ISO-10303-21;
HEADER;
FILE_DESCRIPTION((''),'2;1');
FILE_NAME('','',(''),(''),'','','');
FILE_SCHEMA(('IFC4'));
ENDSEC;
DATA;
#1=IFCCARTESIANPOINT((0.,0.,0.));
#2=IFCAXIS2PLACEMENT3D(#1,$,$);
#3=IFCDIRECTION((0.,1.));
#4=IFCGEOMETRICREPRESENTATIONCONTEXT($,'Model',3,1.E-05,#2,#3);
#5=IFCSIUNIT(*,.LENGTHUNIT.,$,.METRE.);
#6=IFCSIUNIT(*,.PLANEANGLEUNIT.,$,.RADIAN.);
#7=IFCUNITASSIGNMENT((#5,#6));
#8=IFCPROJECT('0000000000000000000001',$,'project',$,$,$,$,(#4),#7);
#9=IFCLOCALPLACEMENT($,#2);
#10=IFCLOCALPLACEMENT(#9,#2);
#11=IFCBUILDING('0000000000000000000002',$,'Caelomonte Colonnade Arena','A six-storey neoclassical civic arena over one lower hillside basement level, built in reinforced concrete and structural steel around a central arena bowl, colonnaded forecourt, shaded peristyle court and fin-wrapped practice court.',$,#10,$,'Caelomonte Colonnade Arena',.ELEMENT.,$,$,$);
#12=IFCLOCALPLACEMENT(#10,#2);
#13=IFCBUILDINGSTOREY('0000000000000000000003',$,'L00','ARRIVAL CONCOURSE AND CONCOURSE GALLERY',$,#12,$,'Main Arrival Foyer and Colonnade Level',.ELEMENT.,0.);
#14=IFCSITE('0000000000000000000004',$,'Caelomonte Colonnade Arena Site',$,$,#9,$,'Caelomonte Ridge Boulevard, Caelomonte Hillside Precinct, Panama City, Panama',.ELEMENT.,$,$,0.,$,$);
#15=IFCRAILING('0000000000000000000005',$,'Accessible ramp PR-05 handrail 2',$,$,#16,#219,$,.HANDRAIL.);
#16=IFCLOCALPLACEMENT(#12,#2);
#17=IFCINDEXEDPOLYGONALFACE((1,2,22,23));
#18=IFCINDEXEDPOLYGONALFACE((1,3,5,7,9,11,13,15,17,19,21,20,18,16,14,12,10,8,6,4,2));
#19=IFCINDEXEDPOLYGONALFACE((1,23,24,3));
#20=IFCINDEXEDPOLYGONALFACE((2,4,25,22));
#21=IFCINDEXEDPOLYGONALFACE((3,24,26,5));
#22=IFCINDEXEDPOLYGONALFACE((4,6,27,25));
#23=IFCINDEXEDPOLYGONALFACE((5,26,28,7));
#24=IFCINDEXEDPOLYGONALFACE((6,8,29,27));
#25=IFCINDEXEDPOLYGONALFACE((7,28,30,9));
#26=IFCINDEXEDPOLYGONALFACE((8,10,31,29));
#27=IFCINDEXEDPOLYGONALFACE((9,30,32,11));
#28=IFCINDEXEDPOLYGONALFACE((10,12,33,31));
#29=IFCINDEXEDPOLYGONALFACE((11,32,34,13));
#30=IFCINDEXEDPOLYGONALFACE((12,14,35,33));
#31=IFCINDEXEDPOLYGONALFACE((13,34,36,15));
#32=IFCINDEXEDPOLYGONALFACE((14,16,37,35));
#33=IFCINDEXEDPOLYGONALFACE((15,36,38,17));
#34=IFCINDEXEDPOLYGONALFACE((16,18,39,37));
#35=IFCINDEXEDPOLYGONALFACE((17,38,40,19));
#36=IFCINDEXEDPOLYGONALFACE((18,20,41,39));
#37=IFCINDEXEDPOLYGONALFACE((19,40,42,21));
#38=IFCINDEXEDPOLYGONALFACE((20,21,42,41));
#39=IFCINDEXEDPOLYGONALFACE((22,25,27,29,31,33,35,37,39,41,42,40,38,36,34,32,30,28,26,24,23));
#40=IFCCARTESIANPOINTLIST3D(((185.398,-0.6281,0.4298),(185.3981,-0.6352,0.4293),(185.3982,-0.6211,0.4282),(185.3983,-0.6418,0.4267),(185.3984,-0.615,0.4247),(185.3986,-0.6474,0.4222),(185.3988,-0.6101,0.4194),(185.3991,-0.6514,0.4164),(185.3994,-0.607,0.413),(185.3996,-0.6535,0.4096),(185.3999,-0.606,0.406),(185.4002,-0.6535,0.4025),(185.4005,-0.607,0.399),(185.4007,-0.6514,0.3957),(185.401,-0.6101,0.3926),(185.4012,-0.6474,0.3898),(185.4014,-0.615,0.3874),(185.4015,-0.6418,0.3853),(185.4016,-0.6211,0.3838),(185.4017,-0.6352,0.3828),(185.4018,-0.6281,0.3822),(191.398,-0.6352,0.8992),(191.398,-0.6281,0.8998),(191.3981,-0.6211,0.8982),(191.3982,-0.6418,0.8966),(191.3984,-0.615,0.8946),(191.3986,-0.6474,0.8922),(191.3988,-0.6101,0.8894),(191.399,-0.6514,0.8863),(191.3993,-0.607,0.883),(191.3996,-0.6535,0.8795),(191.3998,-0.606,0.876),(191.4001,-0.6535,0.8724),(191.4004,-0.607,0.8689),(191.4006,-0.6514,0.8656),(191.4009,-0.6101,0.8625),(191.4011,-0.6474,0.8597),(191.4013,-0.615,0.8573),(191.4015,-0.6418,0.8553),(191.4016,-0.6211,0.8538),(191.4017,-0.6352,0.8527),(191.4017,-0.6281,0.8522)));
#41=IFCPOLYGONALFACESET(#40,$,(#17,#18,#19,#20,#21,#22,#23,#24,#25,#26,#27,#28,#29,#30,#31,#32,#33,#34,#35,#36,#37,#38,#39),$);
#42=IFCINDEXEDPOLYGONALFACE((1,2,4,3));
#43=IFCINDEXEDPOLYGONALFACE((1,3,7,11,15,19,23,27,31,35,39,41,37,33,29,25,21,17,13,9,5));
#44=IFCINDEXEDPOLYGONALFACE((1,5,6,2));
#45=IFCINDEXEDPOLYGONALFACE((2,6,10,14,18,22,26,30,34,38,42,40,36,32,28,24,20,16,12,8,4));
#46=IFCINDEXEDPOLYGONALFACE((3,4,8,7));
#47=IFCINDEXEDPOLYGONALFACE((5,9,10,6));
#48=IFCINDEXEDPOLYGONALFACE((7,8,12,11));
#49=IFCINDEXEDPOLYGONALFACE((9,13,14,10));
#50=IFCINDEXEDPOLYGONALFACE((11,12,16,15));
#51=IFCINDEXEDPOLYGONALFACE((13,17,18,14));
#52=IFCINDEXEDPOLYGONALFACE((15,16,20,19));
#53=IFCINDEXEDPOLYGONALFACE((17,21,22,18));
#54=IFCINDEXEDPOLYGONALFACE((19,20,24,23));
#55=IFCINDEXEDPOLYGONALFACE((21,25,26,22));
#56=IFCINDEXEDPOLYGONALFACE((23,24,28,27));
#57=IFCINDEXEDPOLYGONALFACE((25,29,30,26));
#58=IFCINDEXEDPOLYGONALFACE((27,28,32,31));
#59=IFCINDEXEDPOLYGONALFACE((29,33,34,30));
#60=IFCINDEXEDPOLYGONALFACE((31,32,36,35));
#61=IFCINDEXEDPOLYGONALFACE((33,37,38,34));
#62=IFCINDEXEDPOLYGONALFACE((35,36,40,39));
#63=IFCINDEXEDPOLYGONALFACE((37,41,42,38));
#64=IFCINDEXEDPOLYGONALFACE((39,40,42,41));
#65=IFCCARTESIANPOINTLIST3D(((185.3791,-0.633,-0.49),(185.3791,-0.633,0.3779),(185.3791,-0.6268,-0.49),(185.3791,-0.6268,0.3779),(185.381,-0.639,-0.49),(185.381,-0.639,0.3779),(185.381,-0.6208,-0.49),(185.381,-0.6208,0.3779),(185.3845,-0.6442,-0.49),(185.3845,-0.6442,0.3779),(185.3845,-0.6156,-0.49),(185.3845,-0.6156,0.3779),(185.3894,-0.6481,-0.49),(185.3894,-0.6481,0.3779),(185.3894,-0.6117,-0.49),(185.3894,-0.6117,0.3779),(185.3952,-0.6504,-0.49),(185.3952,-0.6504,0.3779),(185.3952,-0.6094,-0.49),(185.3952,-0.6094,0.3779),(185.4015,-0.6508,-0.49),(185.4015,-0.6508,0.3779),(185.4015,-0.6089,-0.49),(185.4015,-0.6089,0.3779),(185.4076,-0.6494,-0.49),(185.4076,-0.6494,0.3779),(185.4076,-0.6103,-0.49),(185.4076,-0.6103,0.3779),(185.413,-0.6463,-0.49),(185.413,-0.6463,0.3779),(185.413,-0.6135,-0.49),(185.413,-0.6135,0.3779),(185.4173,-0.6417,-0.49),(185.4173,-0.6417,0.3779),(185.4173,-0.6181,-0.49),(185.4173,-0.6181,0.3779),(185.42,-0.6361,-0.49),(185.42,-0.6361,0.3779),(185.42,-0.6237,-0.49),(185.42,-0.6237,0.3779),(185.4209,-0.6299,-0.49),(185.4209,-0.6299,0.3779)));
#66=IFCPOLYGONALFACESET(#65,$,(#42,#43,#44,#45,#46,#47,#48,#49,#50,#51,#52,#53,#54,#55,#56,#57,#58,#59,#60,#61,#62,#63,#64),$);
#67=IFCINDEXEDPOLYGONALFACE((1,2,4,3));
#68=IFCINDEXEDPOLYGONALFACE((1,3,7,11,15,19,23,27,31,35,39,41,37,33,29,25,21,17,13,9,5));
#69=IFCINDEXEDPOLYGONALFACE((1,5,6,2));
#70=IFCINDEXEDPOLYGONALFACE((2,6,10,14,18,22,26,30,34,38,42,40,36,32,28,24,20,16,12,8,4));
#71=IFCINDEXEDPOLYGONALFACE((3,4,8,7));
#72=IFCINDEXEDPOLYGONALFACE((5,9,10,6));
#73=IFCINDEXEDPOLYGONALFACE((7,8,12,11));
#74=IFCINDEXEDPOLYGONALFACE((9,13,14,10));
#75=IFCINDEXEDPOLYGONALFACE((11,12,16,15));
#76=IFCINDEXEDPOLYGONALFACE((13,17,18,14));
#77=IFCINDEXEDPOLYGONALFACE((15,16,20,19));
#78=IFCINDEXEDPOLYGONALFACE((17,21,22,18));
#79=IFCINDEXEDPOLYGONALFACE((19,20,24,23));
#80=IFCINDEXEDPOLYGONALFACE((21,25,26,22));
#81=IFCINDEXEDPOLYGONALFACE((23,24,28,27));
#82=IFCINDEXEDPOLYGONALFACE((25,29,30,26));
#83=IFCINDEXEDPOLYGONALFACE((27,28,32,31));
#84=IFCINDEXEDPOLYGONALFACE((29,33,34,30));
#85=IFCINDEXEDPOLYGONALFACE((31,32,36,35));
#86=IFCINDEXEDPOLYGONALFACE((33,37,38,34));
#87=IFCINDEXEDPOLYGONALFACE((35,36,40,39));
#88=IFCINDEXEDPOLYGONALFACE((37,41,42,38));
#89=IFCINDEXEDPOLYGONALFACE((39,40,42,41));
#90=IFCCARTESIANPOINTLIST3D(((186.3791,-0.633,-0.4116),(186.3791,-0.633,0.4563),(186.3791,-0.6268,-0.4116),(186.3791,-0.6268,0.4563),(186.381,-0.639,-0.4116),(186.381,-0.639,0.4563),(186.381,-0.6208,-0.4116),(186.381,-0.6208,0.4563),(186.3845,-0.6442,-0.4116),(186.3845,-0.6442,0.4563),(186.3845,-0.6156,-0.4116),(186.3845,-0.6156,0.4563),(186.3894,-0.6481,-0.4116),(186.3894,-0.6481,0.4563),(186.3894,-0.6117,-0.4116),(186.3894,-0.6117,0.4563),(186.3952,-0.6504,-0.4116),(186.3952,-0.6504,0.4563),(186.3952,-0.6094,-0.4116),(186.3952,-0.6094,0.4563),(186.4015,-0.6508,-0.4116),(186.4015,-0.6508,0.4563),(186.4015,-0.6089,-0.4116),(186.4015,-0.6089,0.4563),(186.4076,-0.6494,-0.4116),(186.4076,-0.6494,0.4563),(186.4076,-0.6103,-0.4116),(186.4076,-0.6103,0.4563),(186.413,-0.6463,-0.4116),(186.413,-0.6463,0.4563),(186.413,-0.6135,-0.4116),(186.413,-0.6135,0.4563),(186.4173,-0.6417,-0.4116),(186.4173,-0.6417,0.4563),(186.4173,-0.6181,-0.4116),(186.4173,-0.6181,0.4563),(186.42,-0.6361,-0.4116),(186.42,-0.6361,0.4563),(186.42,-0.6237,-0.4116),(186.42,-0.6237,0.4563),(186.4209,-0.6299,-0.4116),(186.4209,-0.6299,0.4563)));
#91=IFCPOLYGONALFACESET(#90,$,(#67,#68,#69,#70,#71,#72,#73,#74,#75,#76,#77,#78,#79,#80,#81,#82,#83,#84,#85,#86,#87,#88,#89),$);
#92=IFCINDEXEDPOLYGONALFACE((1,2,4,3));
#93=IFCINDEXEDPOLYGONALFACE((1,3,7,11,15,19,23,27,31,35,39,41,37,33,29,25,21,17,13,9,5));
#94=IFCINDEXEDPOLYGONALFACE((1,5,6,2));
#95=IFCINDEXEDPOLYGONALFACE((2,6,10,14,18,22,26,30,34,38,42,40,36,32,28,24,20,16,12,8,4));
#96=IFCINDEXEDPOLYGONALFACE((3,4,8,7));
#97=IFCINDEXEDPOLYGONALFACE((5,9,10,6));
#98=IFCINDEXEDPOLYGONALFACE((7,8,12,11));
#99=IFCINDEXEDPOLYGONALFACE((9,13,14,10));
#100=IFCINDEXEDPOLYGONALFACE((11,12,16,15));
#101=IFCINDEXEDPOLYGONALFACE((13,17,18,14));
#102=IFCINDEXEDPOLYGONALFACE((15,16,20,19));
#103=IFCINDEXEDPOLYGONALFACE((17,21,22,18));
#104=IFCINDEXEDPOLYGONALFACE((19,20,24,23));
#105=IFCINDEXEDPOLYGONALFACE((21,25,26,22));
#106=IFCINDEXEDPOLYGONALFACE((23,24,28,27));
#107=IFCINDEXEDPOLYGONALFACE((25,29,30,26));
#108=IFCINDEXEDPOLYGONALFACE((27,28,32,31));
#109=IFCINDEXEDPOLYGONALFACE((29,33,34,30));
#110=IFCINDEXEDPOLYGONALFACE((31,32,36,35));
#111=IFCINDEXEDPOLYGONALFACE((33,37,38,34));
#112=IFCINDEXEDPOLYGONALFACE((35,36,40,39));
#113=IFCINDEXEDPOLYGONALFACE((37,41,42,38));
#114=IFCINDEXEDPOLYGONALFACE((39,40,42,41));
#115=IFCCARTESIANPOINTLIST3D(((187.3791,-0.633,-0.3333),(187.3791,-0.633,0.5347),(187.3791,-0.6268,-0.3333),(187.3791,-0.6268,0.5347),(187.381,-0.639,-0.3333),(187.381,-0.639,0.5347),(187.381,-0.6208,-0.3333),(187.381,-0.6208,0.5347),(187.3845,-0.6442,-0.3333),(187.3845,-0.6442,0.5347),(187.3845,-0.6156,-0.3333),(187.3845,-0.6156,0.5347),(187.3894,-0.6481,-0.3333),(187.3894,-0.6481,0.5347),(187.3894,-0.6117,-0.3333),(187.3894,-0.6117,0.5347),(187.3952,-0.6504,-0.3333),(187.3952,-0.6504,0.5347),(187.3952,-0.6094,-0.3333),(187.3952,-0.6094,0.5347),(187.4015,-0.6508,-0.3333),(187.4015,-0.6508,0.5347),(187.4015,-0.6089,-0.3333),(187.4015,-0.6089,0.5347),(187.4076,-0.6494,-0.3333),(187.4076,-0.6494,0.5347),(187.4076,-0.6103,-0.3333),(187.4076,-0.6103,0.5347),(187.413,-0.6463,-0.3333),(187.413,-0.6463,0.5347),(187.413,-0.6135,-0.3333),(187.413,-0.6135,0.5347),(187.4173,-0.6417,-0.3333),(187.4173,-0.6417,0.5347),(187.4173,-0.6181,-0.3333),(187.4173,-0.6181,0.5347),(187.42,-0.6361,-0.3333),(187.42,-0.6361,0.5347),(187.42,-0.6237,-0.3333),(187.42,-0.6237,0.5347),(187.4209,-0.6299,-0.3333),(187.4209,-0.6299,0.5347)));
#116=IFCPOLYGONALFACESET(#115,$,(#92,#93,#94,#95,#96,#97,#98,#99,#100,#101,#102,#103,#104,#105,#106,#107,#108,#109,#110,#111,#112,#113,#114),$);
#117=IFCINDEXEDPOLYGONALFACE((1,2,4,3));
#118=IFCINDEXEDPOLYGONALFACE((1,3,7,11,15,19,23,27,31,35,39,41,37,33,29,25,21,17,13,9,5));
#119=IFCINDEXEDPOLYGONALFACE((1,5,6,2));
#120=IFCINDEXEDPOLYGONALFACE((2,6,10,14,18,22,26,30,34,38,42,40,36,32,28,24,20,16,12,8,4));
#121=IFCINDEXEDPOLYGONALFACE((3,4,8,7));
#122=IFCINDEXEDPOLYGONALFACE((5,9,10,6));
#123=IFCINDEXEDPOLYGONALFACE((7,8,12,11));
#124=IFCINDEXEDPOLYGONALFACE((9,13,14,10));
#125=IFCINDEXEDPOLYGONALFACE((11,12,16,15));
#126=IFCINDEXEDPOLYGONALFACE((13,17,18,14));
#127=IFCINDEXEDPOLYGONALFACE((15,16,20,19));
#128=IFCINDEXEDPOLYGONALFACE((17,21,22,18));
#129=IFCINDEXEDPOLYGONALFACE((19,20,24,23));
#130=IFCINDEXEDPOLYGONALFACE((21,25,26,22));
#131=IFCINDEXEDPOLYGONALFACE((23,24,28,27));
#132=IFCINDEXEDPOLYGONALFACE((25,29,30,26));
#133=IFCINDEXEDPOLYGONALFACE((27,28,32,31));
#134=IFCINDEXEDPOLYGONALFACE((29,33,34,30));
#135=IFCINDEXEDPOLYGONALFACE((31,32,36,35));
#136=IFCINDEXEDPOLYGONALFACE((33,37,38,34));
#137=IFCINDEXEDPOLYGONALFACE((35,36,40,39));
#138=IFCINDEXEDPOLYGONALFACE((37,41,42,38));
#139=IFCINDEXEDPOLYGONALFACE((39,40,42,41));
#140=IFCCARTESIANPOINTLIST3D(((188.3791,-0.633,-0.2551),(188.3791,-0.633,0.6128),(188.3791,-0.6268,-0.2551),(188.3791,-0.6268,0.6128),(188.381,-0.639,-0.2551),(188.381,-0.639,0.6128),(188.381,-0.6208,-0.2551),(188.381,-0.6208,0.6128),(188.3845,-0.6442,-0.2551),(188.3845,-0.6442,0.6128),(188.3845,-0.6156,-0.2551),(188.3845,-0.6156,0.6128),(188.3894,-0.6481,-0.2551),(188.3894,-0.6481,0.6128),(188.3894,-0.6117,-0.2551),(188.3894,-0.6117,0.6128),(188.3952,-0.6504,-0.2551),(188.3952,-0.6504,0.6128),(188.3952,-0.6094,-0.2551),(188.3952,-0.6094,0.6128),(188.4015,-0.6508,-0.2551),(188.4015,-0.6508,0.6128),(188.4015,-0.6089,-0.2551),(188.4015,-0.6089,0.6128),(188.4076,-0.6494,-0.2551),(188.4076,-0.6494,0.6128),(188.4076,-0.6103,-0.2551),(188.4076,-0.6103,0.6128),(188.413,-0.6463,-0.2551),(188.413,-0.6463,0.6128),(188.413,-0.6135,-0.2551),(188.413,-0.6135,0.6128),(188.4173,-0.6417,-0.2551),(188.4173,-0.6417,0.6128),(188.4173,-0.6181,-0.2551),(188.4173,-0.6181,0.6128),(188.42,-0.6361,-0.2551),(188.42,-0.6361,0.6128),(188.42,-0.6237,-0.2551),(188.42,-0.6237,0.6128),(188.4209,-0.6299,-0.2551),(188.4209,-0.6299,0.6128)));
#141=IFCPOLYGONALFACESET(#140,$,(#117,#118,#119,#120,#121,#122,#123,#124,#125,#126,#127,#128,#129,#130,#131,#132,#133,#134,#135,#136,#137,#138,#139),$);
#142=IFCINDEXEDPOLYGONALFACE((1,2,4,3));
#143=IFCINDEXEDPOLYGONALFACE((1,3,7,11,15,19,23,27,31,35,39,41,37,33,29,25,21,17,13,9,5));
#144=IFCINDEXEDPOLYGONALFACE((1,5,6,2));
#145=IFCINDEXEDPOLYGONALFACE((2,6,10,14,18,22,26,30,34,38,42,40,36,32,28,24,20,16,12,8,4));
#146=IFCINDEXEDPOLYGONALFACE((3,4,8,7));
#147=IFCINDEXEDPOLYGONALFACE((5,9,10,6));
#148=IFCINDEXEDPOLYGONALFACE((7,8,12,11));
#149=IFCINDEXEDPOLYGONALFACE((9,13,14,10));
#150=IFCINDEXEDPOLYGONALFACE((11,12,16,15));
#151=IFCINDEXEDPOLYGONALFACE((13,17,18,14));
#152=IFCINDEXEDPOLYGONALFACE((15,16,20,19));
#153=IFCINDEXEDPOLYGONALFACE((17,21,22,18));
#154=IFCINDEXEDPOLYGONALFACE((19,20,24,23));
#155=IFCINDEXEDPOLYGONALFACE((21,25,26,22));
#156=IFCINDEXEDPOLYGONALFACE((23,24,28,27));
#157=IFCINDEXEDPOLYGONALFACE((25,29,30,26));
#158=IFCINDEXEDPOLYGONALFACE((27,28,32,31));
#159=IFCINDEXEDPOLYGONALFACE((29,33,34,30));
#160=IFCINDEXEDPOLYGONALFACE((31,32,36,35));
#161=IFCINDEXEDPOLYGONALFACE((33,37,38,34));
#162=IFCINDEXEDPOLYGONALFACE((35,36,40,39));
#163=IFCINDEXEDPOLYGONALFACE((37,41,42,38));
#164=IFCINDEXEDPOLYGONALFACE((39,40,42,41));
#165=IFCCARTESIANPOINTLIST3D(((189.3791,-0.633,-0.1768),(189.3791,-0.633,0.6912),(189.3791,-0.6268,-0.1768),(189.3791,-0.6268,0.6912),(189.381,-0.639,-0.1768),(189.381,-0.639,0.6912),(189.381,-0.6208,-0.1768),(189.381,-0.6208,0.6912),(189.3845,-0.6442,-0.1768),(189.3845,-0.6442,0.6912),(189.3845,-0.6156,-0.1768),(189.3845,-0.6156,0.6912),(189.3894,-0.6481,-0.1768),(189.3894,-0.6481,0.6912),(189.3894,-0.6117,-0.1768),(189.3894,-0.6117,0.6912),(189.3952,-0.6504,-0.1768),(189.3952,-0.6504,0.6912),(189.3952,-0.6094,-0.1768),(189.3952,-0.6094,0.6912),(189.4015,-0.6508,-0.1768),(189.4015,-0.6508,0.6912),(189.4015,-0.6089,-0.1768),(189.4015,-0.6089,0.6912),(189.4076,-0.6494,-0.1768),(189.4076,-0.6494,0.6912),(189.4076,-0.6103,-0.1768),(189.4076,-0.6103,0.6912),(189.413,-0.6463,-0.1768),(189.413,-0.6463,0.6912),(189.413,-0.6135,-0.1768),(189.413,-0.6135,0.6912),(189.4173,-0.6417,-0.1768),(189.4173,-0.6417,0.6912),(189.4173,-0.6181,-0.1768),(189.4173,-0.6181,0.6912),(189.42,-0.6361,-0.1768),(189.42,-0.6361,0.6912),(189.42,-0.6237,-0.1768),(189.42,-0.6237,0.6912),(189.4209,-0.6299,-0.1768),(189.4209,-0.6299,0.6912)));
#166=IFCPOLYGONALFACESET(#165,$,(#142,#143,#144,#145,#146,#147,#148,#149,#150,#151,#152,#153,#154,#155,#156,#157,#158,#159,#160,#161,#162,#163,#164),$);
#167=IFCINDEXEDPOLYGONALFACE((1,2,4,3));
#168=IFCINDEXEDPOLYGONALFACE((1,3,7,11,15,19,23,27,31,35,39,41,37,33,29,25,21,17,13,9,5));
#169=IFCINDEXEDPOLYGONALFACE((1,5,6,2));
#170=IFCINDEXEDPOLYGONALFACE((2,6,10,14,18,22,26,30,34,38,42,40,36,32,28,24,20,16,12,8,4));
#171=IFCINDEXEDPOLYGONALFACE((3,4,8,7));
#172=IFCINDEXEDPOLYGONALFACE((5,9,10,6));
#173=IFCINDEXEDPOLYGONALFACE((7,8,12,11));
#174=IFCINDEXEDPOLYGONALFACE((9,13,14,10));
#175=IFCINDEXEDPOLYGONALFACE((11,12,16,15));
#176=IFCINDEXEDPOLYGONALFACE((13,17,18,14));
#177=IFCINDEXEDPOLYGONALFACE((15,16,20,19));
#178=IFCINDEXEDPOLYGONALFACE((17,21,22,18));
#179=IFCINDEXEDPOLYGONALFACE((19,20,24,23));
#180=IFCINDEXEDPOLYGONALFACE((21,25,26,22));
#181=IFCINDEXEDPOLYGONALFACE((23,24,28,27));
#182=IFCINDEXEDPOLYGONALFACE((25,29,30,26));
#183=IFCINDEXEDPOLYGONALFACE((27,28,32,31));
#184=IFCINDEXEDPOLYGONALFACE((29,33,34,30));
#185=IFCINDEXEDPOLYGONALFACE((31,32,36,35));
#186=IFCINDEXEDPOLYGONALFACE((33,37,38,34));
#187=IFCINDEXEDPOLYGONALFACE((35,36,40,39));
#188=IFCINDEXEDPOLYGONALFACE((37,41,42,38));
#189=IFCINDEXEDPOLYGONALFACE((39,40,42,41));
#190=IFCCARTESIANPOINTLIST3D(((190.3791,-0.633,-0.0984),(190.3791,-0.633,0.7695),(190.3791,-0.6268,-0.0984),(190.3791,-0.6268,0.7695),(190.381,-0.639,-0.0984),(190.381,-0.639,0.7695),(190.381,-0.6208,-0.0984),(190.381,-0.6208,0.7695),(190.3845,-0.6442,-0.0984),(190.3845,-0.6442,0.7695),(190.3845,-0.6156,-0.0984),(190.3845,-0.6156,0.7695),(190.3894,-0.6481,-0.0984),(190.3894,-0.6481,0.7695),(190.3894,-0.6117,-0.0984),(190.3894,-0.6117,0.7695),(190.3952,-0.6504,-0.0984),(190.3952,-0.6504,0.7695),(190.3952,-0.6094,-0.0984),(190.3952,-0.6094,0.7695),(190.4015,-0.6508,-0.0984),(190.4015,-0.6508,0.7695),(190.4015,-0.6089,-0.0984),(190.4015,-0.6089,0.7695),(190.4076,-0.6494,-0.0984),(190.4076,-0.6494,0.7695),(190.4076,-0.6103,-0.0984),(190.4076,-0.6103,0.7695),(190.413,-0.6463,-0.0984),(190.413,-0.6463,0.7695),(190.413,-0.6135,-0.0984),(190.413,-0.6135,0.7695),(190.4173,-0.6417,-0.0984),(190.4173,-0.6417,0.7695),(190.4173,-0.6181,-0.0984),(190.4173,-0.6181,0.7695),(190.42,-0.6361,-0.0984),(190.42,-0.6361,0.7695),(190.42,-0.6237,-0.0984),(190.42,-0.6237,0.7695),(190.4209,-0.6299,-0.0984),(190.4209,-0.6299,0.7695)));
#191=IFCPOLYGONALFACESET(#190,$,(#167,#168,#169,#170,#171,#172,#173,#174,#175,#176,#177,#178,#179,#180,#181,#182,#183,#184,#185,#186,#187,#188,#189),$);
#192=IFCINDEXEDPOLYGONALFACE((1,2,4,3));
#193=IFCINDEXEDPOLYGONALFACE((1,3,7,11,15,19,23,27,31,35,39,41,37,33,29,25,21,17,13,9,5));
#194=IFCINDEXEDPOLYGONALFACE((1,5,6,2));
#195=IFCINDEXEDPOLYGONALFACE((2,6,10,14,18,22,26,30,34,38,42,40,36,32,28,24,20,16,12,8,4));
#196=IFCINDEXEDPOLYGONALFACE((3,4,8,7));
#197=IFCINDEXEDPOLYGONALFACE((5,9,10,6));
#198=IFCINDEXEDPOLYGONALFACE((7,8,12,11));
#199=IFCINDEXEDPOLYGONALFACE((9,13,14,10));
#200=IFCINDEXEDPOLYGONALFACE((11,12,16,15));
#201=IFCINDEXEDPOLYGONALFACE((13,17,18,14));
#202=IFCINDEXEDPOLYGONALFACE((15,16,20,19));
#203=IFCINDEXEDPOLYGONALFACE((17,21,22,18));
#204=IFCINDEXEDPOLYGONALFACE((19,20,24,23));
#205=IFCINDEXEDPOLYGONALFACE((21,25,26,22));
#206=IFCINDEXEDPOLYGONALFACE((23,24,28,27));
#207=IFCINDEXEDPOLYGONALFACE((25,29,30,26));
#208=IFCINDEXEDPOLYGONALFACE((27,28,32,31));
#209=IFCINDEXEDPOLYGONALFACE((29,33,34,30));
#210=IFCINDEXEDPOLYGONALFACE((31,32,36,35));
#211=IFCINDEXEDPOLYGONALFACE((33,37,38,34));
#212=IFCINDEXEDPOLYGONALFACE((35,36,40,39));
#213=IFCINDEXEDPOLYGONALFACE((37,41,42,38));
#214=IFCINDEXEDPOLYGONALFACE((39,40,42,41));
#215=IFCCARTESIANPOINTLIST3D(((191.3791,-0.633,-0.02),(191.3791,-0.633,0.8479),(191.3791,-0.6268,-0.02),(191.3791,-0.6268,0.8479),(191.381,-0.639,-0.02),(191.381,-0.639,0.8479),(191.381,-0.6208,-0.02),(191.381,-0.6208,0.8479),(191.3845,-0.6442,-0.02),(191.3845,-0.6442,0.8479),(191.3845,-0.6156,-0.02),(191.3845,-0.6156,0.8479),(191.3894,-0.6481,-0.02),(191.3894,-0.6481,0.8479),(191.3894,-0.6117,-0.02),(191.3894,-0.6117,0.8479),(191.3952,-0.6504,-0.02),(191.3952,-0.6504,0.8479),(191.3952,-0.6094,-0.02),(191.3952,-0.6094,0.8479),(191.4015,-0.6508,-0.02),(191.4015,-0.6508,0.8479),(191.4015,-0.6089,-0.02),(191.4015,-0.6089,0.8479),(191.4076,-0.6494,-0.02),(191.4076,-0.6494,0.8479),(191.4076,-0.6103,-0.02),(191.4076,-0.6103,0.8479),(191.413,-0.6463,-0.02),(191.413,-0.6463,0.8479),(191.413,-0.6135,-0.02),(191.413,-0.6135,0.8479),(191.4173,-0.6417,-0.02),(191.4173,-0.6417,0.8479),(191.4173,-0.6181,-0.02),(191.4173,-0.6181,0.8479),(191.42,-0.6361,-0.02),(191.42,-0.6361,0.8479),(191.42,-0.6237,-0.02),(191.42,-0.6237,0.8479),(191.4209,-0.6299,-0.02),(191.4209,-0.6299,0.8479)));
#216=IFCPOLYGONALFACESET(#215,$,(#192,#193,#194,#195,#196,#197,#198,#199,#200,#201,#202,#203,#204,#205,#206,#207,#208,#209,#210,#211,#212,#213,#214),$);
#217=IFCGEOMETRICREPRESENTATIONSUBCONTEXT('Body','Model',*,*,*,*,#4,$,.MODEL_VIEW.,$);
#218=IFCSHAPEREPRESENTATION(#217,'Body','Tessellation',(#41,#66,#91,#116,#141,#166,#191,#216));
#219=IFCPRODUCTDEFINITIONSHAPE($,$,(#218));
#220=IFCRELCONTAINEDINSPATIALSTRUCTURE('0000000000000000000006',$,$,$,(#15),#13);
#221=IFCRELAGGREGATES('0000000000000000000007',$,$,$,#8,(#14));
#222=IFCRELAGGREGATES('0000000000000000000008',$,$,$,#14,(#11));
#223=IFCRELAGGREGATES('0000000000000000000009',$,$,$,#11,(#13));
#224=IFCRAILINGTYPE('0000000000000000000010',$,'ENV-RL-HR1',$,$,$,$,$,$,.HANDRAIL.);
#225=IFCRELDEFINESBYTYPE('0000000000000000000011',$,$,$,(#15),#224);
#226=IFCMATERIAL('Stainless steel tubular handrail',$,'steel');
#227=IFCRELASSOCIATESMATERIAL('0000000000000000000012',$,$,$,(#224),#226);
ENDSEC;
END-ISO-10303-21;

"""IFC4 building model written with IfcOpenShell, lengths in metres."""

from ifc_helpers import new_model, si_unit, direction, frame, origin, origin_2d, place, context, subcontext, project, spatial, circle, extrude, material, type_object, element, save


model = new_model("IFC4")

# Units and contexts
model_context = context("Model", 3, precision=1e-05, world=origin(), true_north=direction((0.0, 1.0)))
body_context = subcontext(model_context, "Body", "Model", "MODEL_VIEW")
ifc_project = project(units=[si_unit("LENGTHUNIT", "METRE"), si_unit("PLANEANGLEUNIT", "RADIAN")], contexts=[model_context])

# Site, building, storey
site_placement = place(None, origin())
site = spatial("IfcSite", under=ifc_project, at=site_placement, Name="Caelomonte Colonnade Arena Site", LongName="Caelomonte Ridge Boulevard, Caelomonte Hillside Precinct, Panama City, Panama", CompositionType="ELEMENT", RefElevation=0.0)
building_placement = place(site_placement, origin())
building = spatial("IfcBuilding", under=site, at=building_placement, Name="Caelomonte Colonnade Arena", Description="A six-storey neoclassical civic arena over one lower hillside basement level, built in reinforced concrete and structural steel around a central arena bowl, colonnaded forecourt, shaded peristyle court and fin-wrapped practice court.", LongName="Caelomonte Colonnade Arena", CompositionType="ELEMENT")
storey_placement = place(building_placement, origin())
storey = spatial("IfcBuildingStorey", under=building, at=storey_placement, Name="L00", Description="ARRIVAL CONCOURSE AND CONCOURSE GALLERY", LongName="Main Arrival Foyer and Colonnade Level", CompositionType="ELEMENT", Elevation=0.0)

# Railing
ifc_material_1 = material(Name="Stainless steel tubular handrail", Category="steel")
railing_type = type_object("IfcRailingType", Name="ENV-RL-HR1", PredefinedType="HANDRAIL", material=ifc_material_1)
for number, where, name in (
    (1, (185.3999, -0.6299, -0.49), "Accessible ramp PR-05 handrail 2"),
):
    element("IfcRailing", number, at=place(storey_placement, frame(where)), inside=storey, type_object=railing_type, Name=name, PredefinedType="HANDRAIL", context=body_context, shape_type="SweptSolid", body=[
        extrude(circle(Radius=0.0239, at=origin_2d()), frame((0.0, 0.0, 0.896), z_axis=(0.996946, 0.0, 0.078089), x_axis=(0.0, 1.0, 0.0)), (0.0, 0.0, 1.0), 6.0183),
        extrude(circle(Radius=0.021, at=origin_2d()), origin(), (0.0, 0.0, 1.0), 0.8679),
        extrude(circle(Radius=0.021, at=origin_2d()), frame((1.0, 0.0, 0.0784)), (0.0, 0.0, 1.0), 0.8679),
        extrude(circle(Radius=0.021, at=origin_2d()), frame((2.0, 0.0, 0.1567)), (0.0, 0.0, 1.0), 0.8679),
        extrude(circle(Radius=0.021, at=origin_2d()), frame((3.0, 0.0, 0.2349)), (0.0, 0.0, 1.0), 0.8679),
        extrude(circle(Radius=0.021, at=origin_2d()), frame((4.0, 0.0, 0.3132)), (0.0, 0.0, 1.0), 0.8679),
        extrude(circle(Radius=0.021, at=origin_2d()), frame((5.0, 0.0, 0.3916)), (0.0, 0.0, 1.0), 0.8679),
        extrude(circle(Radius=0.021, at=origin_2d()), frame((6.0, 0.0, 0.47)), (0.0, 0.0, 1.0), 0.8679),
    ])

save(model, "model.ifc")
